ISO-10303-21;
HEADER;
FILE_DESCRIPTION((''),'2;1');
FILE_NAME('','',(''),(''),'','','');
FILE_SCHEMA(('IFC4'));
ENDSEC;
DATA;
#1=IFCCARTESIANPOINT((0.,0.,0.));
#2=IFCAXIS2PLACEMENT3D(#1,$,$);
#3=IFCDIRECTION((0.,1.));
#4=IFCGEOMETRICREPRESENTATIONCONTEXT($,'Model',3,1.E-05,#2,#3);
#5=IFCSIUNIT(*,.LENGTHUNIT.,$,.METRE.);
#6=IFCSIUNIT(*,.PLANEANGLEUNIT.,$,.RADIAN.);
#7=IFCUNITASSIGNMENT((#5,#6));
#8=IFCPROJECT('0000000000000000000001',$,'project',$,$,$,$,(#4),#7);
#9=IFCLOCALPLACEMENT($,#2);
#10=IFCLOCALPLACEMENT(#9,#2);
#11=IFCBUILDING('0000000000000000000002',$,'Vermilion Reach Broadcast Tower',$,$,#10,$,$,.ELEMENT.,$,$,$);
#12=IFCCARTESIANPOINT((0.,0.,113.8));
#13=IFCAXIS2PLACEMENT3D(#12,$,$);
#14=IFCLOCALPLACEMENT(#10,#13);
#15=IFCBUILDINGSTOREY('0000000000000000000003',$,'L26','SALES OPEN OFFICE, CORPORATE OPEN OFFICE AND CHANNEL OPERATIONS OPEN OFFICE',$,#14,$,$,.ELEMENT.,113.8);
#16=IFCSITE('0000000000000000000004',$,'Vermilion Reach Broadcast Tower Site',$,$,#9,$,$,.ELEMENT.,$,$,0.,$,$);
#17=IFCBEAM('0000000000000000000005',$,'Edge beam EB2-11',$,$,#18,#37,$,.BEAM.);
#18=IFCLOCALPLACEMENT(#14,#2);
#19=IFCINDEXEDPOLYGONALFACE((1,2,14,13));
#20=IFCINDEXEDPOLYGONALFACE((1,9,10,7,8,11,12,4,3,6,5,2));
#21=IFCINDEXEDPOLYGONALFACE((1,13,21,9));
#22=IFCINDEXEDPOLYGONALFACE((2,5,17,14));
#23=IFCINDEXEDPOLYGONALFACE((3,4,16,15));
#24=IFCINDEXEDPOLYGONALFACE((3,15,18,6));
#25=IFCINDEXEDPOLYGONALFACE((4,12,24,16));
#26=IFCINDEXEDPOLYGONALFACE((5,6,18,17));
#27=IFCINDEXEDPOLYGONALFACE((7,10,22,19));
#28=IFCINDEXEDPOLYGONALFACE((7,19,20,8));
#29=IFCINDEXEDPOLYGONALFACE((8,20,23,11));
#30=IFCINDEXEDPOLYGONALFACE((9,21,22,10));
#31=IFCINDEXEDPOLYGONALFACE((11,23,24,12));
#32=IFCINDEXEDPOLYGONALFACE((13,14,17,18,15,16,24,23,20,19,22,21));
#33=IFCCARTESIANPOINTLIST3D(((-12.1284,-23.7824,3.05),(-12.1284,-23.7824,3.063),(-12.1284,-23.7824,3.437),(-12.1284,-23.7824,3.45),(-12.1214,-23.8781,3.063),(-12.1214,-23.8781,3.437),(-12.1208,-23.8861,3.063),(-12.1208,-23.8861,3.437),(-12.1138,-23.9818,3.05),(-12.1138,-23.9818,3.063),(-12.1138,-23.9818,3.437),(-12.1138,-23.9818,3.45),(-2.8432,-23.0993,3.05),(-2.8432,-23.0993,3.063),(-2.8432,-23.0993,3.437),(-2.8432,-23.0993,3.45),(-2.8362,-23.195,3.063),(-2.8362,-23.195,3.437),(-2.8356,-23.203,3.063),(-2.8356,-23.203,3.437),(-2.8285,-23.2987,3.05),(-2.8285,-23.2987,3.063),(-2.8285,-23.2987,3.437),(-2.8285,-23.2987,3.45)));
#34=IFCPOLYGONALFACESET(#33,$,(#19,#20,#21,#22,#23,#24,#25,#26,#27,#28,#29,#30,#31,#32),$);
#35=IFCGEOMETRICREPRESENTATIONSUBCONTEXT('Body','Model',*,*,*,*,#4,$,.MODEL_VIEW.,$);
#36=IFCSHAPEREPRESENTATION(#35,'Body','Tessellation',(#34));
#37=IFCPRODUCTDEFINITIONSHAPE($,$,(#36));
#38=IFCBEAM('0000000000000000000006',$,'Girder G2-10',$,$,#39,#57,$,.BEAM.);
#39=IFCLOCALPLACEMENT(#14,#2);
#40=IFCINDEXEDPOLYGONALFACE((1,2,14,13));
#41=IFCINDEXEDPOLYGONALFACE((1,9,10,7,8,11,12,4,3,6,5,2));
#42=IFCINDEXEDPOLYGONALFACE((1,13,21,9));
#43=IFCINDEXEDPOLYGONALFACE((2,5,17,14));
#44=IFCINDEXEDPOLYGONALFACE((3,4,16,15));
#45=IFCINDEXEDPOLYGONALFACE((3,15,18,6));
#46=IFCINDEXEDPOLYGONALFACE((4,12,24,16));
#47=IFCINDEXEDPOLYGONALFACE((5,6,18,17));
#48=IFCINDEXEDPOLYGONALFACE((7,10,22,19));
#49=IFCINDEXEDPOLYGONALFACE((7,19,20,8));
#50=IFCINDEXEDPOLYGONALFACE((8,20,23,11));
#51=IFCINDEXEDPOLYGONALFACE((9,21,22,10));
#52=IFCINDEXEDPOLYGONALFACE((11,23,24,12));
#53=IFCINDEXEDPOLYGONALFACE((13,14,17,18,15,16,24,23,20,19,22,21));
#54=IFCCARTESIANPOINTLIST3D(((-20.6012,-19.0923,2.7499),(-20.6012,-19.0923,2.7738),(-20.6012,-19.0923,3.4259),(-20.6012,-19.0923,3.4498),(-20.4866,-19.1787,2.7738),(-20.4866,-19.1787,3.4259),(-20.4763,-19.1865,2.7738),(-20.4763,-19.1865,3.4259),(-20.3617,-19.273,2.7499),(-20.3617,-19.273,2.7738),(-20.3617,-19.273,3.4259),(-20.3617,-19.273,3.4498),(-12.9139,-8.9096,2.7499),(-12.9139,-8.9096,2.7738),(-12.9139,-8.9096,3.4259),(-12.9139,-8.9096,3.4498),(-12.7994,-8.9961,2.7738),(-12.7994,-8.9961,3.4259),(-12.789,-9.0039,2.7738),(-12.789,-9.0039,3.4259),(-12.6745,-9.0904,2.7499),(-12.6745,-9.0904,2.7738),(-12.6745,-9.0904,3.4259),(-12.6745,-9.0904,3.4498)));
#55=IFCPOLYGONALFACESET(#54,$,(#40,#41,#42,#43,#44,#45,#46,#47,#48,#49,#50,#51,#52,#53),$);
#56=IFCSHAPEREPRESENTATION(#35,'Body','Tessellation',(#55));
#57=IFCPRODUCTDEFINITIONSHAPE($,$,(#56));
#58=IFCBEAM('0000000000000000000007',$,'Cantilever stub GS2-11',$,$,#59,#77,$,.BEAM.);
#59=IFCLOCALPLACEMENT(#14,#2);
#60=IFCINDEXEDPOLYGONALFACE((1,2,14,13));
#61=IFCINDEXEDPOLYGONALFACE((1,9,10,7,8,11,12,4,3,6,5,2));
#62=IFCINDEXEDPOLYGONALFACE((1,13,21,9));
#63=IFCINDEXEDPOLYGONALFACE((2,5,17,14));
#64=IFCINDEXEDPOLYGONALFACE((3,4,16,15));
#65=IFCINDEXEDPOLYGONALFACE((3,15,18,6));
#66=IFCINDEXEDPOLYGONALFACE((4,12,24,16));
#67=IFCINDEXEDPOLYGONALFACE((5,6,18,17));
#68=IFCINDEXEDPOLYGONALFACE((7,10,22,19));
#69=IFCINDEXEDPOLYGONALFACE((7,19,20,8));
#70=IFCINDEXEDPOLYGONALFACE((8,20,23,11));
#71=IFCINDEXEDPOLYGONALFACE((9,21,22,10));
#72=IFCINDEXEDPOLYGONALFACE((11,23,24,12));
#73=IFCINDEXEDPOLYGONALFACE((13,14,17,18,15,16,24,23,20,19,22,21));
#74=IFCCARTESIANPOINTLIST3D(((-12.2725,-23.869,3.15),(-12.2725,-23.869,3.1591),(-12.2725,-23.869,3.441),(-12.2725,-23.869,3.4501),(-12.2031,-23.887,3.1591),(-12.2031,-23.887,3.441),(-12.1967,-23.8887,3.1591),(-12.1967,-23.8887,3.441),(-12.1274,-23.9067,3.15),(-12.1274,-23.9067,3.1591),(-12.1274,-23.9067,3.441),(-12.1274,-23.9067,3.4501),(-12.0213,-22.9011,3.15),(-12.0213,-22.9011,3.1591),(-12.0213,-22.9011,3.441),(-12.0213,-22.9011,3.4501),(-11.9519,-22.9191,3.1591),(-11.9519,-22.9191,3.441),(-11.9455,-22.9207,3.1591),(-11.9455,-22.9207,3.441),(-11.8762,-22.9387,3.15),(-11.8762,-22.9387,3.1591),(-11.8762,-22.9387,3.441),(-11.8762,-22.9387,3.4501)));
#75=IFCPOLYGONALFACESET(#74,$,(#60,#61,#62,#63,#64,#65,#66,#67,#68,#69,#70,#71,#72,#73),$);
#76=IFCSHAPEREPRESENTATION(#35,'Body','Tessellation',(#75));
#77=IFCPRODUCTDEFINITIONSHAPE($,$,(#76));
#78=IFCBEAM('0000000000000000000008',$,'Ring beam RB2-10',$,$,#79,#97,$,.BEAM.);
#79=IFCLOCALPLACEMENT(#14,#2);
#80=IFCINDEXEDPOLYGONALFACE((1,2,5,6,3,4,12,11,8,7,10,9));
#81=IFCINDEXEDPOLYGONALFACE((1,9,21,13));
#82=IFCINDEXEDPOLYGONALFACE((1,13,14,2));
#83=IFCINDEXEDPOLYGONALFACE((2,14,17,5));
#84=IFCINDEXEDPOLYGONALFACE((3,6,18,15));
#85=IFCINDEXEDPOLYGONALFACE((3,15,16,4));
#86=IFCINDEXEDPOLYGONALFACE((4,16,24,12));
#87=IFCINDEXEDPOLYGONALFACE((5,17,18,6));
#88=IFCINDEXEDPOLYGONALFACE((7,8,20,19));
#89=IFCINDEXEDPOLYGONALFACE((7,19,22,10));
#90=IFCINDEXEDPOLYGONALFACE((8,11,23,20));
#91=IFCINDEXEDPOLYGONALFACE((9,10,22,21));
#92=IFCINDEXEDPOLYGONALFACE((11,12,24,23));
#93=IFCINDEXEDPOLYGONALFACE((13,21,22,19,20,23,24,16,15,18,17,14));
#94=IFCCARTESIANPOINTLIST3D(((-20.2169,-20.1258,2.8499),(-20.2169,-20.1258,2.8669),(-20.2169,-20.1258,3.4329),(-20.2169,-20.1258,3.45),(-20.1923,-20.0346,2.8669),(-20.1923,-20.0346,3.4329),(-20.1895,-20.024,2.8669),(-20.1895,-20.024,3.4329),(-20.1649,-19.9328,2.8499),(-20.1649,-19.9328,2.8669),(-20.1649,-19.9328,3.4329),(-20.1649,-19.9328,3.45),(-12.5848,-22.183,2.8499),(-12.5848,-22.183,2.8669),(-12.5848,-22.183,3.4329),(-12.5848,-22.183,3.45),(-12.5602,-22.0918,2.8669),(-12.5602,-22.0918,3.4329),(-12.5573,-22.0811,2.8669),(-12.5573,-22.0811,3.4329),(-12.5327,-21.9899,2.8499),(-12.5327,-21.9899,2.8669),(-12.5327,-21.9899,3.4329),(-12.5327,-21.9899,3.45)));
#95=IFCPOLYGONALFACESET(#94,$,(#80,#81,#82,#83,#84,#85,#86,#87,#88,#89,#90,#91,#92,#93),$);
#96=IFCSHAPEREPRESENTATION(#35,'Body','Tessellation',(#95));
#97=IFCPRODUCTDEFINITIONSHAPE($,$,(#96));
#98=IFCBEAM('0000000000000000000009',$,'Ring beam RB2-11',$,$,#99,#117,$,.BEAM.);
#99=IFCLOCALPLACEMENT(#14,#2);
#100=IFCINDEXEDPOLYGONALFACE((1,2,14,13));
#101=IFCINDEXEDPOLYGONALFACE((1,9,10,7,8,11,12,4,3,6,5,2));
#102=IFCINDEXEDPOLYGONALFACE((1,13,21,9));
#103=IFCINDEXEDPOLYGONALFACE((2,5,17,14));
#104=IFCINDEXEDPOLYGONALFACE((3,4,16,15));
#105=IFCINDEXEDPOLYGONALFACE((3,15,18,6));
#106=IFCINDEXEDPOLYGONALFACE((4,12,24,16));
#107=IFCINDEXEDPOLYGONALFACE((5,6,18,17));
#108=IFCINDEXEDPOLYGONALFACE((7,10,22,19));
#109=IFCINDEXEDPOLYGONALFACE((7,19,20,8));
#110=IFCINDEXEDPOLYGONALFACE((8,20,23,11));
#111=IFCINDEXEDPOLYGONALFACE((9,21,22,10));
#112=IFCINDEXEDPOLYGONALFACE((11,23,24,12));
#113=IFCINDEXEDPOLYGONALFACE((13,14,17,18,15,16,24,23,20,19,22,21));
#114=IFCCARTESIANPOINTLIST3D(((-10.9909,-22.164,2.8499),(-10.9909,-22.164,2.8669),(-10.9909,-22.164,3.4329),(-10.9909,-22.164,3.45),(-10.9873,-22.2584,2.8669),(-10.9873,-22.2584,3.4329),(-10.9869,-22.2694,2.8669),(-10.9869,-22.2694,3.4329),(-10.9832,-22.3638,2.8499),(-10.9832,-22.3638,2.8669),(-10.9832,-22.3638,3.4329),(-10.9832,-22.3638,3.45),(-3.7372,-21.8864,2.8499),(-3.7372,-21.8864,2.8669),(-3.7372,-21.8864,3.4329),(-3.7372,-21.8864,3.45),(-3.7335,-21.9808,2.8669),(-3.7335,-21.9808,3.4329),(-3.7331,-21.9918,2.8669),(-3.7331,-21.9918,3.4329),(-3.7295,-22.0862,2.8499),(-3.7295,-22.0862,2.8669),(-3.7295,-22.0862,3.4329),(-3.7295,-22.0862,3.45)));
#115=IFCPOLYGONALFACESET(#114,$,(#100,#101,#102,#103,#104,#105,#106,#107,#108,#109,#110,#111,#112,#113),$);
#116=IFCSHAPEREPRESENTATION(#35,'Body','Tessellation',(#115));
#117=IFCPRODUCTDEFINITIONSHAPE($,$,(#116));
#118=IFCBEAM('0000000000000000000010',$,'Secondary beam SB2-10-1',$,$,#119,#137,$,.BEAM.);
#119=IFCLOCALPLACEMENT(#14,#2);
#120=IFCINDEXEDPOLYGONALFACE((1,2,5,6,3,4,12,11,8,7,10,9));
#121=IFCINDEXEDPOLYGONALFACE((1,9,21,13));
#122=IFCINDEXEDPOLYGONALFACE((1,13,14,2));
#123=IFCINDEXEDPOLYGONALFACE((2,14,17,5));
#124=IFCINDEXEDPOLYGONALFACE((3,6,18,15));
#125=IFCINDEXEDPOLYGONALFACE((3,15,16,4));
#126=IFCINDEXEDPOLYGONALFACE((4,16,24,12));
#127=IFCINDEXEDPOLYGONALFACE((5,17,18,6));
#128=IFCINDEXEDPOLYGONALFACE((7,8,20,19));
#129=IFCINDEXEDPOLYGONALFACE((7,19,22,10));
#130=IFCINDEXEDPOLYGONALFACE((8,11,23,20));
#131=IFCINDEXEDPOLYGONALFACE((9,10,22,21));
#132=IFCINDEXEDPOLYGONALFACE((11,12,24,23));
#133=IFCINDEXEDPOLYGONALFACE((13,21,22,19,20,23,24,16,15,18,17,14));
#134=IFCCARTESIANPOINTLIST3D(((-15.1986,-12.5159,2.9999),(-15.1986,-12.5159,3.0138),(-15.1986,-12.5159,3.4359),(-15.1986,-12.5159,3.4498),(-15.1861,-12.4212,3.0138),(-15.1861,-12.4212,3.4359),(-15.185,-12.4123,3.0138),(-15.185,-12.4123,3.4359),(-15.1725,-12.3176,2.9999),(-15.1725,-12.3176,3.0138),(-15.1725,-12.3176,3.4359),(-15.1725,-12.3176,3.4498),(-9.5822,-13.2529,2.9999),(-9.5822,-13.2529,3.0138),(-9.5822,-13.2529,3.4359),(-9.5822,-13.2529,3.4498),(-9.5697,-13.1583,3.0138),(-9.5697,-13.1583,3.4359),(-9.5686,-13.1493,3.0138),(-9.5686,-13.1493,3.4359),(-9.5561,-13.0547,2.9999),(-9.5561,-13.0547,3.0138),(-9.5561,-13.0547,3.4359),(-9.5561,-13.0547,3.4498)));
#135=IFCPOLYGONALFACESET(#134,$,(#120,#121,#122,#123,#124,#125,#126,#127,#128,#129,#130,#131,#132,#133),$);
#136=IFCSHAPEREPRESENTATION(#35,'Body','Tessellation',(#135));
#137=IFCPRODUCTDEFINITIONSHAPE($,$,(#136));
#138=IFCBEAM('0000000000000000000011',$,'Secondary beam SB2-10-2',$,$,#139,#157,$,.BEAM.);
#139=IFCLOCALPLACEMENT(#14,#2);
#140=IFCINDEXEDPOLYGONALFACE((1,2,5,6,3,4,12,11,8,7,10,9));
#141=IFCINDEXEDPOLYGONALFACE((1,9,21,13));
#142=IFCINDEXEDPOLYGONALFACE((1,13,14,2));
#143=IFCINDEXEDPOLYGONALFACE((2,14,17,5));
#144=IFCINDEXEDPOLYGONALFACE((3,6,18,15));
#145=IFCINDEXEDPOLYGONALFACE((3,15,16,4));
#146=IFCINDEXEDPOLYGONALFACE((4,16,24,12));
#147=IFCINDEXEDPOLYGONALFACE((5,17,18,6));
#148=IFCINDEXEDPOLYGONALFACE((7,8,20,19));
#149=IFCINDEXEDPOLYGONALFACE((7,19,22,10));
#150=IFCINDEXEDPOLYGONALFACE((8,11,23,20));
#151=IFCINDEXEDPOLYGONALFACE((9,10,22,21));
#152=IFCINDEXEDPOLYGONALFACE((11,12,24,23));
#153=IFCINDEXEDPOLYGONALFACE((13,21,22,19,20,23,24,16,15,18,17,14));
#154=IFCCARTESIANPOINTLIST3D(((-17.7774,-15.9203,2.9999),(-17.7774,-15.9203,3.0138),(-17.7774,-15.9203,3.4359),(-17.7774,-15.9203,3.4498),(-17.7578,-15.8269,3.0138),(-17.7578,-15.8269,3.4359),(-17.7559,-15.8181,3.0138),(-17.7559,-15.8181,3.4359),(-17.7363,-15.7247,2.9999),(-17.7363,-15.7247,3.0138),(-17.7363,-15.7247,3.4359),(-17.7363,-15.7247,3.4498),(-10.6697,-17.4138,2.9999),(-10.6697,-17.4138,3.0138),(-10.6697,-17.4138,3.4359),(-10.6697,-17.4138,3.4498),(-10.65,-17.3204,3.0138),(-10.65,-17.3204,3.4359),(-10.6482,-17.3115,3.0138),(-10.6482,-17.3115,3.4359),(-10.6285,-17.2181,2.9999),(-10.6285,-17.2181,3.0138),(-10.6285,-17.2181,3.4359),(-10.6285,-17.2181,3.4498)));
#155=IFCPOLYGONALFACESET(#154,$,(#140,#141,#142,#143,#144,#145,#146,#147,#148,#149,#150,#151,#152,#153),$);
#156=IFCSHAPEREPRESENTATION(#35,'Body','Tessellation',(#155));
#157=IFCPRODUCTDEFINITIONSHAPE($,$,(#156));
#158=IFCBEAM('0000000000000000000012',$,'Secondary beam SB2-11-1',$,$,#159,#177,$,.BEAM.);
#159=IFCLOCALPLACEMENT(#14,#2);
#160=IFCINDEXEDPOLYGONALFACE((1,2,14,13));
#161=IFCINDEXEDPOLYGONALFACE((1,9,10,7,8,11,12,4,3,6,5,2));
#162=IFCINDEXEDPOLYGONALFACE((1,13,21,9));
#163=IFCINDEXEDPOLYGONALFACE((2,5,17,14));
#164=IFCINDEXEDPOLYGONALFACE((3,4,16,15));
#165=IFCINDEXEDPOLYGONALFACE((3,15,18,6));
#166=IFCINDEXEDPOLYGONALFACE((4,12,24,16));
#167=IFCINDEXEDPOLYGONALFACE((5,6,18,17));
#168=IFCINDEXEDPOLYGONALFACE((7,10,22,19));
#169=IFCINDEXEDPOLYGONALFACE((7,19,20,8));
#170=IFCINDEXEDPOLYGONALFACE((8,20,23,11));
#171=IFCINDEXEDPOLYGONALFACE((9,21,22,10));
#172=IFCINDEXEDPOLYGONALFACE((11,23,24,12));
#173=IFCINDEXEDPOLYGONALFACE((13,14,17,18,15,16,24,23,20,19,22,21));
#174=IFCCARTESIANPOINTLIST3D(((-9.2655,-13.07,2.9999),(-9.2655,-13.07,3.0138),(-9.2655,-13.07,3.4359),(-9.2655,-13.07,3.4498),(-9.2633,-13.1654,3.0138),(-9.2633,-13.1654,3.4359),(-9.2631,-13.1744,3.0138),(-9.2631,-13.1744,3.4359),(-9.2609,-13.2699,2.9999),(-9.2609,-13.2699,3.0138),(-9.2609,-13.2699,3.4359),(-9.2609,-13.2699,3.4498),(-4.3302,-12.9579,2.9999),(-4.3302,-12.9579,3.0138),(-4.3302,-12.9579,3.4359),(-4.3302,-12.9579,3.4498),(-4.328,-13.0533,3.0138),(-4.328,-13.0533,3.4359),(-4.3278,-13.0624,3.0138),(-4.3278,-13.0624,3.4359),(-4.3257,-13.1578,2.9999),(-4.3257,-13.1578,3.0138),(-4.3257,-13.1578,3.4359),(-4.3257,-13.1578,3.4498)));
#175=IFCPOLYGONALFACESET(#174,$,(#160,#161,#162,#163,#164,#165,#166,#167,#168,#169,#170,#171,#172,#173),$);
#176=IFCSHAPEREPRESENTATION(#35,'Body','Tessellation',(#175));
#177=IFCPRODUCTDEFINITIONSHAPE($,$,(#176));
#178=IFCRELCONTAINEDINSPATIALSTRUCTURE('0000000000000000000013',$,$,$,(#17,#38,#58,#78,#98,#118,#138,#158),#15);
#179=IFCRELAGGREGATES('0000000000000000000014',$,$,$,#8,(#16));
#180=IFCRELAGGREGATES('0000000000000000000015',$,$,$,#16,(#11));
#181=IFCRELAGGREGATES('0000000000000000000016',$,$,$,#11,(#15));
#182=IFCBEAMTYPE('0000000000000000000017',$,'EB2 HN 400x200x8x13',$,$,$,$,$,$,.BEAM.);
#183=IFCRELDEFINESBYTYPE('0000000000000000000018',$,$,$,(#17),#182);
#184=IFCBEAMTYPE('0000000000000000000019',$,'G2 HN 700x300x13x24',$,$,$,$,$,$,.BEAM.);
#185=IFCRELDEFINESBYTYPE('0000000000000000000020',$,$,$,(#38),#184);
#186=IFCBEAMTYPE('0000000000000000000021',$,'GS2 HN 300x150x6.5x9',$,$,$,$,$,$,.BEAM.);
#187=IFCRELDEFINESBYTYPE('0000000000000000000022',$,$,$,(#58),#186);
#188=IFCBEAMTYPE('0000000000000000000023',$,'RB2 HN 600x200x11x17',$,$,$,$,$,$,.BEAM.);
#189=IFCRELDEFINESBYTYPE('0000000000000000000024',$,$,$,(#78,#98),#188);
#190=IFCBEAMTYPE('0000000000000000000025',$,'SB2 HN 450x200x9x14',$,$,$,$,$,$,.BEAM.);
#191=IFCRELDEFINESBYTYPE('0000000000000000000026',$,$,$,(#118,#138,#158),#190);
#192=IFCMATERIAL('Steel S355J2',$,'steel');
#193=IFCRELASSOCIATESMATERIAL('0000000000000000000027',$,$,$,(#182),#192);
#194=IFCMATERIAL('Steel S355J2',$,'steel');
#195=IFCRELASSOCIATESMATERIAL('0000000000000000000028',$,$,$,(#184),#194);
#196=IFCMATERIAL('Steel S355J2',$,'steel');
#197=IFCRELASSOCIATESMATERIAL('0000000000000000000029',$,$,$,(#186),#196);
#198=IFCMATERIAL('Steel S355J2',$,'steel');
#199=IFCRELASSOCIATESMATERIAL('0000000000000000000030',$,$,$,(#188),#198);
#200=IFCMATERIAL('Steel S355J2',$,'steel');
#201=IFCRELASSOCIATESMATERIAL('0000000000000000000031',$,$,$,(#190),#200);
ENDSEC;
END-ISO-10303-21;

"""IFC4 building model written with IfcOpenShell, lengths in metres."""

from ifc_helpers import new_model, si_unit, direction, frame, origin, origin_2d, place, context, subcontext, project, spatial, i_section, extrude, material, material_profile, profile_set, type_object, element, save


model = new_model("IFC4")

# Units and contexts
model_context = context("Model", 3, precision=1e-05, world=origin(), true_north=direction((0.0, 1.0)))
body_context = subcontext(model_context, "Body", "Model", "MODEL_VIEW")
ifc_project = project(units=[si_unit("LENGTHUNIT", "METRE"), si_unit("PLANEANGLEUNIT", "RADIAN")], contexts=[model_context])

# Site, building, storey
site_placement = place(None, origin())
site = spatial("IfcSite", under=ifc_project, at=site_placement, Name="Vermilion Reach Broadcast Tower Site", CompositionType="ELEMENT", RefElevation=0.0)
building_placement = place(site_placement, origin())
building = spatial("IfcBuilding", under=site, at=building_placement, Name="Vermilion Reach Broadcast Tower", CompositionType="ELEMENT")
storey_placement = place(building_placement, frame((0.0, 0.0, 113.8)))
storey = spatial("IfcBuildingStorey", under=building, at=storey_placement, Name="L26", Description="SALES OPEN OFFICE, CORPORATE OPEN OFFICE AND CHANNEL OPERATIONS OPEN OFFICE", CompositionType="ELEMENT", Elevation=113.8)

# Beams
ifc_material_1 = material(Name="Steel S355J2", Category="steel")
ifc_material_profile_1 = material_profile(ifc_material_1, i_section(OverallWidth=0.2, OverallDepth=0.3999, WebThickness=0.0081, FlangeThickness=0.0129, at=origin_2d()), Name="S355J2 HN 400x200x8x13")
ifc_profile_set_1 = profile_set([ifc_material_profile_1], Name="Steel S355J2")
beam_type_1 = type_object("IfcBeamType", Name="EB2 HN 400x200x8x13", PredefinedType="BEAM", material=ifc_profile_set_1)
beam_1_placement = place(storey_placement, frame((-12.1211, -23.8821, 3.25), z_axis=(0.997305, 0.073371, 0.0), x_axis=(-0.073371, 0.997305, 0.0)))
element("IfcBeam", 1, at=beam_1_placement, inside=storey, type_object=beam_type_1, Name="Edge beam EB2-11", PredefinedType="BEAM", context=body_context, shape_type="SweptSolid", body=[
    extrude(i_section(OverallWidth=0.2, OverallDepth=0.3999, WebThickness=0.0081, FlangeThickness=0.0129, at=origin_2d()), origin(), (0.0, 0.0, 1.0), 9.3103),
])
ifc_material_2 = material(Name="Steel S355J2", Category="steel")
ifc_material_profile_2 = material_profile(ifc_material_2, i_section(OverallWidth=0.3, OverallDepth=0.7, WebThickness=0.0129, FlangeThickness=0.0239, at=origin_2d()), Name="S355J2 HN 700x300x13x24")
ifc_profile_set_2 = profile_set([ifc_material_profile_2], Name="Steel S355J2")
beam_type_2 = type_object("IfcBeamType", Name="G2 HN 700x300x13x24", PredefinedType="BEAM", material=ifc_profile_set_2)
beam_2_placement = place(storey_placement, frame((-12.7942, -9.0, 3.0999), z_axis=(-0.60252, -0.798104, 0.0), x_axis=(0.798104, -0.60252, 0.0)))
element("IfcBeam", 2, at=beam_2_placement, inside=storey, type_object=beam_type_2, Name="Girder G2-10", PredefinedType="BEAM", context=body_context, shape_type="SweptSolid", body=[
    extrude(i_section(OverallWidth=0.3, OverallDepth=0.7, WebThickness=0.0129, FlangeThickness=0.0239, at=origin_2d()), origin(), (0.0, 0.0, 1.0), 12.7585),
])
ifc_material_3 = material(Name="Steel S355J2", Category="steel")
ifc_material_profile_3 = material_profile(ifc_material_3, i_section(OverallWidth=0.1499, OverallDepth=0.3, WebThickness=0.0066, FlangeThickness=0.009, at=origin_2d()), Name="S355J2 HN 300x150x6.5x9")
ifc_profile_set_3 = profile_set([ifc_material_profile_3], Name="Steel S355J2")
beam_type_3 = type_object("IfcBeamType", Name="GS2 HN 300x150x6.5x9", PredefinedType="BEAM", material=ifc_profile_set_3)
beam_3_placement = place(storey_placement, frame((-11.9487, -22.9199, 3.3), z_axis=(-0.251199, -0.967935, 0.0), x_axis=(0.967935, -0.251199, 0.0)))
element("IfcBeam", 3, at=beam_3_placement, inside=storey, type_object=beam_type_3, Name="Cantilever stub GS2-11", PredefinedType="BEAM", context=body_context, shape_type="SweptSolid", body=[
    extrude(i_section(OverallWidth=0.1499, OverallDepth=0.3, WebThickness=0.0066, FlangeThickness=0.009, at=origin_2d()), origin(), (0.0, 0.0, 1.0), 1.0),
])
ifc_material_4 = material(Name="Steel S355J2", Category="steel")
ifc_material_profile_4 = material_profile(ifc_material_4, i_section(OverallWidth=0.2, OverallDepth=0.6001, WebThickness=0.011, FlangeThickness=0.0171, at=origin_2d()), Name="S355J2 HN 600x200x11x17")
ifc_profile_set_4 = profile_set([ifc_material_profile_4], Name="Steel S355J2")
beam_type_4 = type_object("IfcBeamType", Name="RB2 HN 600x200x11x17", PredefinedType="BEAM", material=ifc_profile_set_4)
beam_4_placement = place(storey_placement, frame((-20.1909, -20.0293, 3.1499), z_axis=(0.965541, -0.260249, 0.0), x_axis=(0.260249, 0.965541, 0.0)))
element("IfcBeam", 4, at=beam_4_placement, inside=storey, type_object=beam_type_4, Name="Ring beam RB2-10", PredefinedType="BEAM", context=body_context, shape_type="SweptSolid", body=[
    extrude(i_section(OverallWidth=0.2, OverallDepth=0.6001, WebThickness=0.011, FlangeThickness=0.0171, at=origin_2d()), origin(), (0.0, 0.0, 1.0), 7.9045),
])
beam_5_placement = place(storey_placement, frame((-10.9871, -22.2639, 3.1499), z_axis=(0.999269, 0.038241, 0.0), x_axis=(-0.038241, 0.999269, 0.0)))
element("IfcBeam", 5, at=beam_5_placement, inside=storey, type_object=beam_type_4, Name="Ring beam RB2-11", PredefinedType="BEAM", context=body_context, shape_type="SweptSolid", body=[
    extrude(i_section(OverallWidth=0.2, OverallDepth=0.6001, WebThickness=0.011, FlangeThickness=0.0171, at=origin_2d()), origin(), (0.0, 0.0, 1.0), 7.259),
])
ifc_material_5 = material(Name="Steel S355J2", Category="steel")
ifc_material_profile_5 = material_profile(ifc_material_5, i_section(OverallWidth=0.2, OverallDepth=0.45, WebThickness=0.009, FlangeThickness=0.0139, at=origin_2d()), Name="S355J2 HN 450x200x9x14")
ifc_profile_set_5 = profile_set([ifc_material_profile_5], Name="Steel S355J2")
beam_type_5 = type_object("IfcBeamType", Name="SB2 HN 450x200x9x14", PredefinedType="BEAM", material=ifc_profile_set_5)
beam_6_placement = place(storey_placement, frame((-15.1855, -12.4167, 3.2249), z_axis=(0.991499, -0.130117, 0.0), x_axis=(0.130117, 0.991499, 0.0)))
element("IfcBeam", 6, at=beam_6_placement, inside=storey, type_object=beam_type_5, Name="Secondary beam SB2-10-1", PredefinedType="BEAM", context=body_context, shape_type="SweptSolid", body=[
    extrude(i_section(OverallWidth=0.2, OverallDepth=0.45, WebThickness=0.009, FlangeThickness=0.0139, at=origin_2d()), origin(), (0.0, 0.0, 1.0), 5.6646),
])
beam_7_placement = place(storey_placement, frame((-17.7568, -15.8225, 3.2249), z_axis=(0.978631, -0.205623, 0.0), x_axis=(0.205623, 0.978631, 0.0)))
element("IfcBeam", 7, at=beam_7_placement, inside=storey, type_object=beam_type_5, Name="Secondary beam SB2-10-2", PredefinedType="BEAM", context=body_context, shape_type="SweptSolid", body=[
    extrude(i_section(OverallWidth=0.2, OverallDepth=0.45, WebThickness=0.009, FlangeThickness=0.0139, at=origin_2d()), origin(), (0.0, 0.0, 1.0), 7.2629),
])
beam_8_placement = place(storey_placement, frame((-9.2632, -13.1699, 3.2249), z_axis=(0.999742, 0.0227, 0.0), x_axis=(-0.0227, 0.999742, 0.0)))
element("IfcBeam", 8, at=beam_8_placement, inside=storey, type_object=beam_type_5, Name="Secondary beam SB2-11-1", PredefinedType="BEAM", context=body_context, shape_type="SweptSolid", body=[
    extrude(i_section(OverallWidth=0.2, OverallDepth=0.45, WebThickness=0.009, FlangeThickness=0.0139, at=origin_2d()), origin(), (0.0, 0.0, 1.0), 4.9365),
])

save(model, "model.ifc")
